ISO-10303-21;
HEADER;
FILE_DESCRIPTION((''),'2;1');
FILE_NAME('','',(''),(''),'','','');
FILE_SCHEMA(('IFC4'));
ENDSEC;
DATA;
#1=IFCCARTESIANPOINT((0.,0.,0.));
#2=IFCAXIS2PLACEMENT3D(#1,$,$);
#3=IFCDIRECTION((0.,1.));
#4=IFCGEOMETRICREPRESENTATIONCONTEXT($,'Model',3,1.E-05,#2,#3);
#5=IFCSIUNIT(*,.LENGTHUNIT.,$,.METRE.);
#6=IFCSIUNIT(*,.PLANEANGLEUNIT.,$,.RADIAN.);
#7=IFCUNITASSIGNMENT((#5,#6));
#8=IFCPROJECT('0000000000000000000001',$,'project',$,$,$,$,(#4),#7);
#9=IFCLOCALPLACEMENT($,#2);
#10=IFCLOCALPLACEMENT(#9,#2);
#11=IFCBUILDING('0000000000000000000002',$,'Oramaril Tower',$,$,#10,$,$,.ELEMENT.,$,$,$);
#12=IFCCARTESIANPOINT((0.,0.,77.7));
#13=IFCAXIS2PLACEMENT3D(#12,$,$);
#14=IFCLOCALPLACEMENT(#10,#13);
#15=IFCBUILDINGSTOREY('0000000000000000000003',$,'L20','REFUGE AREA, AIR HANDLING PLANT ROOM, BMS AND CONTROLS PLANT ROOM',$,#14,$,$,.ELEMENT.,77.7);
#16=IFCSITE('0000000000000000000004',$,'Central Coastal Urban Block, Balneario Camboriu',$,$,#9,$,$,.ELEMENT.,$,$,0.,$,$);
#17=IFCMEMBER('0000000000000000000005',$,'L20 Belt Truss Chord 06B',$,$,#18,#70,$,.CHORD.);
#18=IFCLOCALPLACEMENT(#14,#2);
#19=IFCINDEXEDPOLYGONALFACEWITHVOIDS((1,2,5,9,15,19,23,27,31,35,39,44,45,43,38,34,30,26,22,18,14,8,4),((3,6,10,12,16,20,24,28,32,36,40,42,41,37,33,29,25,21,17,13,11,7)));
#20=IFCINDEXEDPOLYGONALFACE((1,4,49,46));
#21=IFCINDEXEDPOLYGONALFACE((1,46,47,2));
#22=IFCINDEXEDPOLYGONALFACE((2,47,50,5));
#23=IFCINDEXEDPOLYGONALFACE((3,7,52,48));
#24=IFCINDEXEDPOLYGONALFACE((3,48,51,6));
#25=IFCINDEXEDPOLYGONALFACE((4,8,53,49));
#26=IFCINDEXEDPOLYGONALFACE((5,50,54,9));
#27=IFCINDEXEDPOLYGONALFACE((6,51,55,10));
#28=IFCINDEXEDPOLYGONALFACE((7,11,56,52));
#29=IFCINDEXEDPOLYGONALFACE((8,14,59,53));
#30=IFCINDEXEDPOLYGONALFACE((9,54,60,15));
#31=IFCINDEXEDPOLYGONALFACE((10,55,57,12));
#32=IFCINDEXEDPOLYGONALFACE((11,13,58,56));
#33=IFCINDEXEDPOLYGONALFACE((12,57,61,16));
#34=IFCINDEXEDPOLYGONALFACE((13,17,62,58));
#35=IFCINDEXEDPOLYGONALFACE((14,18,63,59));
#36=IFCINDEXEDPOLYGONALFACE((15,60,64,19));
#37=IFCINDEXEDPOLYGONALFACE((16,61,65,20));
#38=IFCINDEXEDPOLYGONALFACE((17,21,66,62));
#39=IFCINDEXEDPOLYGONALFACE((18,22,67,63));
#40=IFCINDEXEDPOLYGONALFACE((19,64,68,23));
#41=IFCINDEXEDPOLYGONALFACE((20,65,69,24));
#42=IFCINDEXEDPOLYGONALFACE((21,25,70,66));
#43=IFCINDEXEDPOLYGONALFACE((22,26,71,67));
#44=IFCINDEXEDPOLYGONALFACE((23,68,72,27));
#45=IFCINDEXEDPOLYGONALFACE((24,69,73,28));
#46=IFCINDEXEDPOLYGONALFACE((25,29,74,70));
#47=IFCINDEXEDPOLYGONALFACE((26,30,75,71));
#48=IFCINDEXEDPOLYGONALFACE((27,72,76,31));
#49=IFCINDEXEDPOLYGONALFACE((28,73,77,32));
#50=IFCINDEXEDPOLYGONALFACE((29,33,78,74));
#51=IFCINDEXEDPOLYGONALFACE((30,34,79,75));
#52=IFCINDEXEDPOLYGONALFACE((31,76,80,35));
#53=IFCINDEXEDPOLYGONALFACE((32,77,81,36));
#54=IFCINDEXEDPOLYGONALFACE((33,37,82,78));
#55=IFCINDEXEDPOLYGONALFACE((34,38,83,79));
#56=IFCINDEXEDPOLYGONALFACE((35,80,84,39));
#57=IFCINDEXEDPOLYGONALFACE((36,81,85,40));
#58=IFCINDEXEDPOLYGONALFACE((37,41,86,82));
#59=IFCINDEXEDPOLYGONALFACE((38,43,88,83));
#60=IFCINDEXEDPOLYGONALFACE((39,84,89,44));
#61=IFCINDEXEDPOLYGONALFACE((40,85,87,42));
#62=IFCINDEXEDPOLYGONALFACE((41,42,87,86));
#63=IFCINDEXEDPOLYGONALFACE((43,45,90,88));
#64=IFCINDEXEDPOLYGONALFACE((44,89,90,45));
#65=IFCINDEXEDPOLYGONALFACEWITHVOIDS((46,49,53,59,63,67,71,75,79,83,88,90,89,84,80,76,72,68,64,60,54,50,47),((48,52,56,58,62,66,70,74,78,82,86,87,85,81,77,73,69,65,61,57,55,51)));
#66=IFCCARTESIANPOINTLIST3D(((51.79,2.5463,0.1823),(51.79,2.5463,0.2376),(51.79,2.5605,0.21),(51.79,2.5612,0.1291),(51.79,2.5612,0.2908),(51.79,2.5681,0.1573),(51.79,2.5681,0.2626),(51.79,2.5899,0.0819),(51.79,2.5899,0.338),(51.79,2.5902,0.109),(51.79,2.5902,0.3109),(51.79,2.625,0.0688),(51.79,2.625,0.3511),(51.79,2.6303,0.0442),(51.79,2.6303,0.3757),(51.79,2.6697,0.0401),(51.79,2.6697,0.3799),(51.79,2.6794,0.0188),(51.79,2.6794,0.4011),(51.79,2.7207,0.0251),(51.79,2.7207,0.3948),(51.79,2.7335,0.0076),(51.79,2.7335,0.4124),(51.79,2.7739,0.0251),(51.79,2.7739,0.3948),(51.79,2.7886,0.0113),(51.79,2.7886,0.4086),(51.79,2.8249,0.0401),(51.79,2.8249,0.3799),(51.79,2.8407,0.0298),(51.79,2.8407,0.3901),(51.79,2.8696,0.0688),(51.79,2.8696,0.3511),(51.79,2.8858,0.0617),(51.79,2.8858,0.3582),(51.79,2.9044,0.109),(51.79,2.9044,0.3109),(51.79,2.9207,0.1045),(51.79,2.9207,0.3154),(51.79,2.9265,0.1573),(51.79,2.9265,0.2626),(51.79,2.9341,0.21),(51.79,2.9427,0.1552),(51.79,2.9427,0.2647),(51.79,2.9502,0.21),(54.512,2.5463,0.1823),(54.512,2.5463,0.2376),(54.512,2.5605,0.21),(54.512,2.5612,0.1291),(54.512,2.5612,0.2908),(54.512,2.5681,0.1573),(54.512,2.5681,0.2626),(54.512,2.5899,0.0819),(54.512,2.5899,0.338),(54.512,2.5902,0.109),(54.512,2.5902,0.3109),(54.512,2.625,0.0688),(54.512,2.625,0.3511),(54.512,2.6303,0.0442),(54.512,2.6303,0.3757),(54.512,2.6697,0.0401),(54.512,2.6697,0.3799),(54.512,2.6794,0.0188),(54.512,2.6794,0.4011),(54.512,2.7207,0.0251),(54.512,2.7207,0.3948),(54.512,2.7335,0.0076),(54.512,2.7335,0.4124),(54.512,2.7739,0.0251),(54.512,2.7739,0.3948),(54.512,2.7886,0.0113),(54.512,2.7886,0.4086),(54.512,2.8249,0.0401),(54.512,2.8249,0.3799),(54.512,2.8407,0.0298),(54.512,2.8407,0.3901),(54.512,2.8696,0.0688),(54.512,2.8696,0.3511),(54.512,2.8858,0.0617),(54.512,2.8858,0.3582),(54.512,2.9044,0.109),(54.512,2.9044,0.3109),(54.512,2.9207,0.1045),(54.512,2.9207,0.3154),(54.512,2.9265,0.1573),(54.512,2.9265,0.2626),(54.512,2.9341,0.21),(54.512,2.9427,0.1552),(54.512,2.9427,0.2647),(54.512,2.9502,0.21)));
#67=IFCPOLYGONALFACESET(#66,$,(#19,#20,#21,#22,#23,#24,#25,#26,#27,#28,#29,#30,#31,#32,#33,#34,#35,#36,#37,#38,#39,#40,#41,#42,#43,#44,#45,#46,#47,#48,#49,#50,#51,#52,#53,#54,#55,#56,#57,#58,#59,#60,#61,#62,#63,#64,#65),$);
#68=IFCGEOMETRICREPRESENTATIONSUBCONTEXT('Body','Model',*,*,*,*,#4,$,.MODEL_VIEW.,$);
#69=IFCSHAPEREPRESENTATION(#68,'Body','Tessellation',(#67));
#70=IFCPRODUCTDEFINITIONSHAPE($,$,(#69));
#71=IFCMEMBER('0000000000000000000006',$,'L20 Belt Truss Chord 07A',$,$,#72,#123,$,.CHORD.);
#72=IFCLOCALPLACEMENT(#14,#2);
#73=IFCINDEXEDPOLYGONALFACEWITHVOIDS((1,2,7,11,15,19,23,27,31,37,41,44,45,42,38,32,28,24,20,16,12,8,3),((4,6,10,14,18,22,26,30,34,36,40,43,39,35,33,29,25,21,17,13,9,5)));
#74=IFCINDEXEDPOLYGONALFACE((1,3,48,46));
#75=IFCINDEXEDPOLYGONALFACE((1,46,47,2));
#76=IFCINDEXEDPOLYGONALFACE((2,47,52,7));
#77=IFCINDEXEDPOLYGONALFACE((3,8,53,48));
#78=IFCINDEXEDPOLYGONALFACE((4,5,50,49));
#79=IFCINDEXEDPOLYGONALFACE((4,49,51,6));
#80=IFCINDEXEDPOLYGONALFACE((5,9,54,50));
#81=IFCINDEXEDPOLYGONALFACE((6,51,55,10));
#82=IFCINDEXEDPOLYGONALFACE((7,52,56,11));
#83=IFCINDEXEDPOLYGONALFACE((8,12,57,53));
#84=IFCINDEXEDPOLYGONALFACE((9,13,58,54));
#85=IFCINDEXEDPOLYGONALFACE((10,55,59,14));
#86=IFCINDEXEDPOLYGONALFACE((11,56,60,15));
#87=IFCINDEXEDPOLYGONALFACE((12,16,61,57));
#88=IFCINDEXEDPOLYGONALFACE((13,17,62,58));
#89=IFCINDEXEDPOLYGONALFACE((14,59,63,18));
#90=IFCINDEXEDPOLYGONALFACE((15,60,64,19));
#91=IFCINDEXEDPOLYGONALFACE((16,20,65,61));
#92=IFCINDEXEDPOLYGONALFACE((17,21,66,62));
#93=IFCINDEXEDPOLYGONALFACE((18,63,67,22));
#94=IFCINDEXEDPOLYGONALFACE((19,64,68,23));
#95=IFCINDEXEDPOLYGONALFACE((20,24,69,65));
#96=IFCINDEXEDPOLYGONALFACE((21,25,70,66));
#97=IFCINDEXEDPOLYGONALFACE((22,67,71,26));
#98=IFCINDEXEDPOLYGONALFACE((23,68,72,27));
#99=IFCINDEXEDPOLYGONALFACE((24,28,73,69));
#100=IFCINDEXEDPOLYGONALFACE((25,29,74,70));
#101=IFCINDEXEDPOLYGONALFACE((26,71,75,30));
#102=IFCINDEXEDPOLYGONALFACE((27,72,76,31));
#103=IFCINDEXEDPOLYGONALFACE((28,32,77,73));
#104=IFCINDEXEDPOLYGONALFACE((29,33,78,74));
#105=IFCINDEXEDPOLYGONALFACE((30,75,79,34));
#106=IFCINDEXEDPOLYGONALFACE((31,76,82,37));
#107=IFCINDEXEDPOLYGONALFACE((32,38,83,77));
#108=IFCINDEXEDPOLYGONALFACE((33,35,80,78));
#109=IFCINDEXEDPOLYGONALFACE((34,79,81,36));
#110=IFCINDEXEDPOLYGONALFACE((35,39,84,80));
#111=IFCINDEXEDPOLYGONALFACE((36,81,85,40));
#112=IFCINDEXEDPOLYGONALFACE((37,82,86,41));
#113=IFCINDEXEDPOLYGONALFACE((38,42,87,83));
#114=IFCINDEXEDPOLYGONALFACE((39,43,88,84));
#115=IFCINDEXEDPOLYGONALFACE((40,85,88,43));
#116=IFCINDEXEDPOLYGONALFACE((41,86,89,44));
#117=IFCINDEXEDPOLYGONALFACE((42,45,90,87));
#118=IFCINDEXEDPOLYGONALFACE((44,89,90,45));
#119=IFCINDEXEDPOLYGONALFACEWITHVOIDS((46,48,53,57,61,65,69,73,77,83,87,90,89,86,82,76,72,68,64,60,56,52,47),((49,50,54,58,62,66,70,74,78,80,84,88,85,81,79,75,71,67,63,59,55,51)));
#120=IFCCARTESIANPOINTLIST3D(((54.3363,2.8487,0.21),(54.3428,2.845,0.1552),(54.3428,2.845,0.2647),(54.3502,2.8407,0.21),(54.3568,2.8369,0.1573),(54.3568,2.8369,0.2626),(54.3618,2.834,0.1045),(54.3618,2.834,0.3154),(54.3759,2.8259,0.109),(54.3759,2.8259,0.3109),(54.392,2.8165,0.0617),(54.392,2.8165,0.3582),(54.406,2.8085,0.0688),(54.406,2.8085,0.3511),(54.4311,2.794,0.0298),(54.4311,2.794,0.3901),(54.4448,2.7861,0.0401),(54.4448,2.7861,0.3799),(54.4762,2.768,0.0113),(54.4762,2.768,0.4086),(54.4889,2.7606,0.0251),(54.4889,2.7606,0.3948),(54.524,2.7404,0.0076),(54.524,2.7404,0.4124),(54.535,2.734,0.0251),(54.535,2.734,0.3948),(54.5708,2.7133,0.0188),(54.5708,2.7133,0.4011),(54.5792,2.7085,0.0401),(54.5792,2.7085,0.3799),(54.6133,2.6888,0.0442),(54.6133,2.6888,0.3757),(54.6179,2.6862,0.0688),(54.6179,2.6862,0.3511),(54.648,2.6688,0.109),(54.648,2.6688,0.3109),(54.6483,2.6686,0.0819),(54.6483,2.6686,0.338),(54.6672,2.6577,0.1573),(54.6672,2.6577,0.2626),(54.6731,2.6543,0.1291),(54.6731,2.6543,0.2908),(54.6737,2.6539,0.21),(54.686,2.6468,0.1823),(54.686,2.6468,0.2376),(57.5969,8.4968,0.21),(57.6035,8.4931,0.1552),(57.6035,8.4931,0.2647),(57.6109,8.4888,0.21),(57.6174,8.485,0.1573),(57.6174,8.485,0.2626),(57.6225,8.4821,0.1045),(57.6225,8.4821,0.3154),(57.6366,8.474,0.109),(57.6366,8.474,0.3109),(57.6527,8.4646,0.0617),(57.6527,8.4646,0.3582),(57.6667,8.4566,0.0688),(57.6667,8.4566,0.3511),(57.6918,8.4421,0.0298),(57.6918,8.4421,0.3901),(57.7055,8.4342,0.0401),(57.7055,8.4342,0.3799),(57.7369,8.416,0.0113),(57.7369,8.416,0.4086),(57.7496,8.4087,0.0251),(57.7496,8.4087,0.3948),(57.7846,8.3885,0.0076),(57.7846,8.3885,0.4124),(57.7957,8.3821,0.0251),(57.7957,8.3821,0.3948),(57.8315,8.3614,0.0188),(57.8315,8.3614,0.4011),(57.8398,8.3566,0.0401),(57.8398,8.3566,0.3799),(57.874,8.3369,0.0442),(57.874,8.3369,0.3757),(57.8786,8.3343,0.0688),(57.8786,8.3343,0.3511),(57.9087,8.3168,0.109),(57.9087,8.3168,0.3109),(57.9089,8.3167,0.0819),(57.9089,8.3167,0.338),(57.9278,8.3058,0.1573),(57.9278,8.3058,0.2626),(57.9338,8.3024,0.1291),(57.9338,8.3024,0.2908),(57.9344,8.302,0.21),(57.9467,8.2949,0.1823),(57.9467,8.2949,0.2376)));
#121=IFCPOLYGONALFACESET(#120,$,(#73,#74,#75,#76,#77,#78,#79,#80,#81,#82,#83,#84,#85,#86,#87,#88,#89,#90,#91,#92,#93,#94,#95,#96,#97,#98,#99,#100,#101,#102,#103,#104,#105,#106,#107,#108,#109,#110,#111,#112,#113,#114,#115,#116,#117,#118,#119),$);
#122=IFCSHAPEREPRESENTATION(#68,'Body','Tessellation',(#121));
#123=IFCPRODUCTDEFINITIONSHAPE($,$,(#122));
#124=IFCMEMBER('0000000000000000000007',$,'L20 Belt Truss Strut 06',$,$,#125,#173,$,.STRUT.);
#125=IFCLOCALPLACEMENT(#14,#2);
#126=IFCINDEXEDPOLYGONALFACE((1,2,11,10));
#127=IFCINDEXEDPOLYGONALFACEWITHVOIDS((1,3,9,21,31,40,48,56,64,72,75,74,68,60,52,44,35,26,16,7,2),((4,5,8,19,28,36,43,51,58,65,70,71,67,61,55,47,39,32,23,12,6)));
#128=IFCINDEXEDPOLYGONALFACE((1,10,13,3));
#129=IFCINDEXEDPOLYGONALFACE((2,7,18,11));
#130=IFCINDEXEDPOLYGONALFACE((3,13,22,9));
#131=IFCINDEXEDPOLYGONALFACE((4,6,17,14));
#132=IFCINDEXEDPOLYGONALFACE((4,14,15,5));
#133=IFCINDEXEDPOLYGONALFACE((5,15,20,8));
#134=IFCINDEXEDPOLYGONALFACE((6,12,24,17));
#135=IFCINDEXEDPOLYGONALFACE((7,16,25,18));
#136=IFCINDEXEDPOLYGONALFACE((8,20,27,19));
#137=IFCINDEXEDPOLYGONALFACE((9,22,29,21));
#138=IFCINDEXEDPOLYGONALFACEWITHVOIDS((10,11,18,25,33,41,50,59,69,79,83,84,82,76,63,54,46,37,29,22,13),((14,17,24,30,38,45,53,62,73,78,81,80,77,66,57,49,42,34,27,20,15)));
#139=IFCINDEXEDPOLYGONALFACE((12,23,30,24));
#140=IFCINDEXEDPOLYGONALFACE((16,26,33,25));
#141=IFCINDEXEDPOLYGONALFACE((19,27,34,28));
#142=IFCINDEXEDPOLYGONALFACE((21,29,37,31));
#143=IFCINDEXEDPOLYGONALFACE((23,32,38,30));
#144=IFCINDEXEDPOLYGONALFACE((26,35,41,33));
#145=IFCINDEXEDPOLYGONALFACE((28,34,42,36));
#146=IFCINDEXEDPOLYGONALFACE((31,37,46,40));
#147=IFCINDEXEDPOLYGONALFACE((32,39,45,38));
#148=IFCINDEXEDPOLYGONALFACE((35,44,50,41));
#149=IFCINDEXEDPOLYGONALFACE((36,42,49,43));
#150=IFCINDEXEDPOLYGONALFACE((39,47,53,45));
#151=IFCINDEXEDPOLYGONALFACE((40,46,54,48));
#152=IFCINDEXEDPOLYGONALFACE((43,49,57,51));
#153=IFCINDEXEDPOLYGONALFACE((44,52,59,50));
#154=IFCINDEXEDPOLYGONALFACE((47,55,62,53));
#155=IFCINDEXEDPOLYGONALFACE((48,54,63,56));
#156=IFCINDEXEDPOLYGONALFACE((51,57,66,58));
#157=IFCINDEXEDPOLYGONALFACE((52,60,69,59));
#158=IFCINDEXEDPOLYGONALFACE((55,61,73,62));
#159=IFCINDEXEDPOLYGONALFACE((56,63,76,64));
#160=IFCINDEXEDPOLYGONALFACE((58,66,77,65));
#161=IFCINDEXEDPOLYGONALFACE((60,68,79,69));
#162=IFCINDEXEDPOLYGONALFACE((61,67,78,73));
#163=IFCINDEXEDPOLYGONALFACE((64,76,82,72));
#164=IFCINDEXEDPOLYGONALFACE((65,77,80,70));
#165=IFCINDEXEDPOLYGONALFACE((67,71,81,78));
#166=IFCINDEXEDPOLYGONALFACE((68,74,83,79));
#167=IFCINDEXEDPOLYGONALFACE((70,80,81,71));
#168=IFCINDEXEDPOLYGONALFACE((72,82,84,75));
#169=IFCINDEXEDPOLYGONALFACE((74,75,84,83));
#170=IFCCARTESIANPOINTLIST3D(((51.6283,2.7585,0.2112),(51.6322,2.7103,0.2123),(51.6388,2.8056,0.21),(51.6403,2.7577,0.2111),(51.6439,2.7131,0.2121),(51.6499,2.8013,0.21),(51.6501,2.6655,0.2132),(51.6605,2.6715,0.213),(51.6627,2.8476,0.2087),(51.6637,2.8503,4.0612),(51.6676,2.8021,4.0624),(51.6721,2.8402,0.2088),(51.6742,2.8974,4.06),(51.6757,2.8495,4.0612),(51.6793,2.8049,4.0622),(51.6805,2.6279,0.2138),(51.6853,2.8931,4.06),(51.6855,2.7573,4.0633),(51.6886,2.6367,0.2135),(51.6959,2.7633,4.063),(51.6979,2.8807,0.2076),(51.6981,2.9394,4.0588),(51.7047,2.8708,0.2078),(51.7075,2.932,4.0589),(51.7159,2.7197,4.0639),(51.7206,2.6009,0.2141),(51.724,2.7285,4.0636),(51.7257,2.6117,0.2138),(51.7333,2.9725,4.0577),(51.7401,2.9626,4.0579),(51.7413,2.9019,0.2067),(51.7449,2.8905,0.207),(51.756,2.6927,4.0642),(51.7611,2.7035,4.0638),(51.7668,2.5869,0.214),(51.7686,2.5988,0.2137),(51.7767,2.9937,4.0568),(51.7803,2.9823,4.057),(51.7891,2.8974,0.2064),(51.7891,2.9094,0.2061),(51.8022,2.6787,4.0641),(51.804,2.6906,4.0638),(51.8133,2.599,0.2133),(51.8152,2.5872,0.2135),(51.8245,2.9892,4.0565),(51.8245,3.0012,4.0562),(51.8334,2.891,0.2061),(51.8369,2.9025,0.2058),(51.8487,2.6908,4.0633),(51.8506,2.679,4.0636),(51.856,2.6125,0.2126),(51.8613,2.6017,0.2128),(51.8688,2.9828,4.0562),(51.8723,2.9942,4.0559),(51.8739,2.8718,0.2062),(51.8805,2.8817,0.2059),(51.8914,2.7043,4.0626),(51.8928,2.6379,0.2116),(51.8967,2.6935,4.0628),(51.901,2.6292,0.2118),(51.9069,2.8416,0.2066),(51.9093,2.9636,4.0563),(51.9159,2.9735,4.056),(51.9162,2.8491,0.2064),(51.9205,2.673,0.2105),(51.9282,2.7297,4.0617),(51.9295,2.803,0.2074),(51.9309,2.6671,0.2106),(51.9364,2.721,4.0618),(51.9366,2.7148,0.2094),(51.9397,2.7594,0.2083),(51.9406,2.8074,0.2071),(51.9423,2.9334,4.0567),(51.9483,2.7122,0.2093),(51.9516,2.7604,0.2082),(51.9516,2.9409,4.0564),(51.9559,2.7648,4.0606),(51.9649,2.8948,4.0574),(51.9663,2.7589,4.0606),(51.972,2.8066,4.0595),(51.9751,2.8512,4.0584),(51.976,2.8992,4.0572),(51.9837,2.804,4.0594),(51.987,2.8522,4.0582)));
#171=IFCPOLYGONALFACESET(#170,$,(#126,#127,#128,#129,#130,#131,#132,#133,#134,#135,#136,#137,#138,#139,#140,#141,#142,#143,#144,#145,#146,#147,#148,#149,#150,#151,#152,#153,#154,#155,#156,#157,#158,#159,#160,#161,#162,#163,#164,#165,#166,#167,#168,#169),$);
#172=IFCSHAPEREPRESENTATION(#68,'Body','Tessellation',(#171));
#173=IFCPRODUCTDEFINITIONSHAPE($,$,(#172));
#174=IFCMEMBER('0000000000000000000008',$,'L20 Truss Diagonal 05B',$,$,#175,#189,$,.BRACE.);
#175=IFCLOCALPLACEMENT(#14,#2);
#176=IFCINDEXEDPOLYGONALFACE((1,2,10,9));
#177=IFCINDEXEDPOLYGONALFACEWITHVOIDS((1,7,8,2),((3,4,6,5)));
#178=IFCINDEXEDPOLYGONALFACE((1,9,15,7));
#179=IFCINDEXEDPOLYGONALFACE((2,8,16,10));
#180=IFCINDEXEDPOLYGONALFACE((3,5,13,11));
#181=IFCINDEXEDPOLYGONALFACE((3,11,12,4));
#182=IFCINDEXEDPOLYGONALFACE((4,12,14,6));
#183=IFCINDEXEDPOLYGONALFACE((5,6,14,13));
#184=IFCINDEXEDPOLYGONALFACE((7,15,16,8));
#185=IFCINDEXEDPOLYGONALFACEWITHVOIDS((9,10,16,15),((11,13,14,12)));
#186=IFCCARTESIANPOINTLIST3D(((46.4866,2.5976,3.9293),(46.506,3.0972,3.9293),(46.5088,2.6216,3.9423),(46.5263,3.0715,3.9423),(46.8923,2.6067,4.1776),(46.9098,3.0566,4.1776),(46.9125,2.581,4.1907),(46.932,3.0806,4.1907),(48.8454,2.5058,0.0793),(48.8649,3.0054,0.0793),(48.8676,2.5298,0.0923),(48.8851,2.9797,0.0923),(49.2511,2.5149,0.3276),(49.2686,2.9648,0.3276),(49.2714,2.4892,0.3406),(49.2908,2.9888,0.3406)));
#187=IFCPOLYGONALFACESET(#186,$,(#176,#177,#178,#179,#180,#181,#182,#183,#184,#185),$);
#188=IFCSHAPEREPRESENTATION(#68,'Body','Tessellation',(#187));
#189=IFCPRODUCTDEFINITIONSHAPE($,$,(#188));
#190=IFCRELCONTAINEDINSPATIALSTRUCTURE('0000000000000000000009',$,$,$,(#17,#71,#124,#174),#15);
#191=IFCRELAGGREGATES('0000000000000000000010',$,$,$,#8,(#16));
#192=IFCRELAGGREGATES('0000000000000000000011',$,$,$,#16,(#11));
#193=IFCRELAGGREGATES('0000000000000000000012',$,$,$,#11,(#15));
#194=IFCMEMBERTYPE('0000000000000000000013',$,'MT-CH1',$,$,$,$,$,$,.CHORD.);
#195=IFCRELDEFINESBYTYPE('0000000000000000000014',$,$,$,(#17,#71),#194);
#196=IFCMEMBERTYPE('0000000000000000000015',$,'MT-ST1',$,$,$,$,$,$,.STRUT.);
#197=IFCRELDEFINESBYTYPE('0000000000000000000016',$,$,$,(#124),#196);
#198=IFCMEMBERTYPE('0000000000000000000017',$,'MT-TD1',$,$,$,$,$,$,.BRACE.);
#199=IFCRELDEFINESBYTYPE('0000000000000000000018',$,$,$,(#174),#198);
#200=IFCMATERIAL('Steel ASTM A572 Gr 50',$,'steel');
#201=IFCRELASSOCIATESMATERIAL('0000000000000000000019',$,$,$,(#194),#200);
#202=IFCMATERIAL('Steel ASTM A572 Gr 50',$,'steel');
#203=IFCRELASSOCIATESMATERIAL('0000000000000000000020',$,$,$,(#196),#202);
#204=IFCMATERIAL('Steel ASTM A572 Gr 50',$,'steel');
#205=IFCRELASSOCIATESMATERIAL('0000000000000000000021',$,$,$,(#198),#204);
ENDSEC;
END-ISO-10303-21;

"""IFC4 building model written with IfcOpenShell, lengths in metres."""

from ifc_helpers import new_model, si_unit, direction, frame, origin, origin_2d, place, context, subcontext, project, spatial, hollow_rectangle, hollow_circle, extrude, material, material_profile, profile_set, type_object, element, save


model = new_model("IFC4")

# Units and contexts
model_context = context("Model", 3, precision=1e-05, world=origin(), true_north=direction((0.0, 1.0)))
body_context = subcontext(model_context, "Body", "Model", "MODEL_VIEW")
ifc_project = project(units=[si_unit("LENGTHUNIT", "METRE"), si_unit("PLANEANGLEUNIT", "RADIAN")], contexts=[model_context])

# Site, building, storey
site_placement = place(None, origin())
site = spatial("IfcSite", under=ifc_project, at=site_placement, Name="Central Coastal Urban Block, Balneario Camboriu", CompositionType="ELEMENT", RefElevation=0.0)
building_placement = place(site_placement, origin())
building = spatial("IfcBuilding", under=site, at=building_placement, Name="Oramaril Tower", CompositionType="ELEMENT")
storey_placement = place(building_placement, frame((0.0, 0.0, 77.7)))
storey = spatial("IfcBuildingStorey", under=building, at=storey_placement, Name="L20", Description="REFUGE AREA, AIR HANDLING PLANT ROOM, BMS AND CONTROLS PLANT ROOM", CompositionType="ELEMENT", Elevation=77.7)

# Members
ifc_material_1 = material(Name="Steel ASTM A572 Gr 50", Category="steel")
ifc_material_profile_1 = material_profile(ifc_material_1, hollow_circle(Radius=0.2029, WallThickness=0.0161, at=origin_2d()), Name="CHS406X16")
ifc_profile_set_1 = profile_set([ifc_material_profile_1], Name="Steel ASTM A572 Gr 50")
member_type_1 = type_object("IfcMemberType", Name="MT-CH1", PredefinedType="CHORD", material=ifc_profile_set_1)
for number, where, z_axis, x_axis, name in (
    (1, (51.79, 2.7473, 0.21), (1.0, 0.0, 0.0), (0.0, 1.0, 0.0), "L20 Belt Truss Chord 06B"),
):
    element("IfcMember", number, at=place(storey_placement, frame(where, z_axis=z_axis, x_axis=x_axis)), inside=storey, type_object=member_type_1, Name=name, PredefinedType="CHORD", context=body_context, shape_type="SweptSolid", body=[
        extrude(hollow_circle(Radius=0.2029, WallThickness=0.0161, at=origin_2d()), origin(), (0.0, 0.0, 1.0), 2.7219),
    ])
member_1_placement = place(storey_placement, frame((54.512, 2.7473, 0.21), z_axis=(0.499972, 0.866042, 0.0), x_axis=(-0.866042, 0.499972, 0.0)))
element("IfcMember", 2, at=member_1_placement, inside=storey, type_object=member_type_1, Name="L20 Belt Truss Chord 07A", PredefinedType="CHORD", context=body_context, shape_type="SweptSolid", body=[
    extrude(hollow_circle(Radius=0.2029, WallThickness=0.0161, at=origin_2d()), origin(), (0.0, 0.0, 1.0), 6.5217),
])
ifc_material_2 = material(Name="Steel ASTM A572 Gr 50", Category="steel")
ifc_material_profile_2 = material_profile(ifc_material_2, hollow_circle(Radius=0.1621, WallThickness=0.012, at=origin_2d()), Name="CHS324X12")
ifc_profile_set_2 = profile_set([ifc_material_profile_2], Name="Steel ASTM A572 Gr 50")
member_type_2 = type_object("IfcMemberType", Name="MT-ST1", PredefinedType="STRUT", material=ifc_profile_set_2)
member_2_placement = place(storey_placement, frame((51.79, 2.7473, 0.21), z_axis=(0.009192, 0.023835, 0.999674), x_axis=(-0.933025, 0.35981, 0.0)))
element("IfcMember", 3, at=member_2_placement, inside=storey, type_object=member_type_2, Name="L20 Belt Truss Strut 06", PredefinedType="STRUT", context=body_context, shape_type="SweptSolid", body=[
    extrude(hollow_circle(Radius=0.1621, WallThickness=0.012, at=origin_2d()), origin(), (0.0, 0.0, 1.0), 3.8513),
])
ifc_material_3 = material(Name="Steel ASTM A572 Gr 50", Category="steel")
ifc_material_profile_3 = material_profile(ifc_material_3, hollow_rectangle(XDim=0.5, YDim=0.5, WallThickness=0.0249, at=origin_2d()), Name="HSS500X500X25")
ifc_profile_set_3 = profile_set([ifc_material_profile_3], Name="Steel ASTM A572 Gr 50")
member_type_3 = type_object("IfcMemberType", Name="MT-TD1", PredefinedType="BRACE", material=ifc_profile_set_3)
member_3_placement = place(storey_placement, frame((49.0681, 2.7473, 0.21), z_axis=(-0.522317, 0.020326, 0.852509), x_axis=(-0.038886, -0.999244, 0.0)))
element("IfcMember", 4, at=member_3_placement, inside=storey, type_object=member_type_3, Name="L20 Truss Diagonal 05B", PredefinedType="BRACE", context=body_context, shape_type="SweptSolid", body=[
    extrude(hollow_rectangle(XDim=0.5, YDim=0.5, WallThickness=0.0249, at=origin_2d()), origin(), (0.0, 0.0, 1.0), 4.5161),
])

save(model, "model.ifc")
